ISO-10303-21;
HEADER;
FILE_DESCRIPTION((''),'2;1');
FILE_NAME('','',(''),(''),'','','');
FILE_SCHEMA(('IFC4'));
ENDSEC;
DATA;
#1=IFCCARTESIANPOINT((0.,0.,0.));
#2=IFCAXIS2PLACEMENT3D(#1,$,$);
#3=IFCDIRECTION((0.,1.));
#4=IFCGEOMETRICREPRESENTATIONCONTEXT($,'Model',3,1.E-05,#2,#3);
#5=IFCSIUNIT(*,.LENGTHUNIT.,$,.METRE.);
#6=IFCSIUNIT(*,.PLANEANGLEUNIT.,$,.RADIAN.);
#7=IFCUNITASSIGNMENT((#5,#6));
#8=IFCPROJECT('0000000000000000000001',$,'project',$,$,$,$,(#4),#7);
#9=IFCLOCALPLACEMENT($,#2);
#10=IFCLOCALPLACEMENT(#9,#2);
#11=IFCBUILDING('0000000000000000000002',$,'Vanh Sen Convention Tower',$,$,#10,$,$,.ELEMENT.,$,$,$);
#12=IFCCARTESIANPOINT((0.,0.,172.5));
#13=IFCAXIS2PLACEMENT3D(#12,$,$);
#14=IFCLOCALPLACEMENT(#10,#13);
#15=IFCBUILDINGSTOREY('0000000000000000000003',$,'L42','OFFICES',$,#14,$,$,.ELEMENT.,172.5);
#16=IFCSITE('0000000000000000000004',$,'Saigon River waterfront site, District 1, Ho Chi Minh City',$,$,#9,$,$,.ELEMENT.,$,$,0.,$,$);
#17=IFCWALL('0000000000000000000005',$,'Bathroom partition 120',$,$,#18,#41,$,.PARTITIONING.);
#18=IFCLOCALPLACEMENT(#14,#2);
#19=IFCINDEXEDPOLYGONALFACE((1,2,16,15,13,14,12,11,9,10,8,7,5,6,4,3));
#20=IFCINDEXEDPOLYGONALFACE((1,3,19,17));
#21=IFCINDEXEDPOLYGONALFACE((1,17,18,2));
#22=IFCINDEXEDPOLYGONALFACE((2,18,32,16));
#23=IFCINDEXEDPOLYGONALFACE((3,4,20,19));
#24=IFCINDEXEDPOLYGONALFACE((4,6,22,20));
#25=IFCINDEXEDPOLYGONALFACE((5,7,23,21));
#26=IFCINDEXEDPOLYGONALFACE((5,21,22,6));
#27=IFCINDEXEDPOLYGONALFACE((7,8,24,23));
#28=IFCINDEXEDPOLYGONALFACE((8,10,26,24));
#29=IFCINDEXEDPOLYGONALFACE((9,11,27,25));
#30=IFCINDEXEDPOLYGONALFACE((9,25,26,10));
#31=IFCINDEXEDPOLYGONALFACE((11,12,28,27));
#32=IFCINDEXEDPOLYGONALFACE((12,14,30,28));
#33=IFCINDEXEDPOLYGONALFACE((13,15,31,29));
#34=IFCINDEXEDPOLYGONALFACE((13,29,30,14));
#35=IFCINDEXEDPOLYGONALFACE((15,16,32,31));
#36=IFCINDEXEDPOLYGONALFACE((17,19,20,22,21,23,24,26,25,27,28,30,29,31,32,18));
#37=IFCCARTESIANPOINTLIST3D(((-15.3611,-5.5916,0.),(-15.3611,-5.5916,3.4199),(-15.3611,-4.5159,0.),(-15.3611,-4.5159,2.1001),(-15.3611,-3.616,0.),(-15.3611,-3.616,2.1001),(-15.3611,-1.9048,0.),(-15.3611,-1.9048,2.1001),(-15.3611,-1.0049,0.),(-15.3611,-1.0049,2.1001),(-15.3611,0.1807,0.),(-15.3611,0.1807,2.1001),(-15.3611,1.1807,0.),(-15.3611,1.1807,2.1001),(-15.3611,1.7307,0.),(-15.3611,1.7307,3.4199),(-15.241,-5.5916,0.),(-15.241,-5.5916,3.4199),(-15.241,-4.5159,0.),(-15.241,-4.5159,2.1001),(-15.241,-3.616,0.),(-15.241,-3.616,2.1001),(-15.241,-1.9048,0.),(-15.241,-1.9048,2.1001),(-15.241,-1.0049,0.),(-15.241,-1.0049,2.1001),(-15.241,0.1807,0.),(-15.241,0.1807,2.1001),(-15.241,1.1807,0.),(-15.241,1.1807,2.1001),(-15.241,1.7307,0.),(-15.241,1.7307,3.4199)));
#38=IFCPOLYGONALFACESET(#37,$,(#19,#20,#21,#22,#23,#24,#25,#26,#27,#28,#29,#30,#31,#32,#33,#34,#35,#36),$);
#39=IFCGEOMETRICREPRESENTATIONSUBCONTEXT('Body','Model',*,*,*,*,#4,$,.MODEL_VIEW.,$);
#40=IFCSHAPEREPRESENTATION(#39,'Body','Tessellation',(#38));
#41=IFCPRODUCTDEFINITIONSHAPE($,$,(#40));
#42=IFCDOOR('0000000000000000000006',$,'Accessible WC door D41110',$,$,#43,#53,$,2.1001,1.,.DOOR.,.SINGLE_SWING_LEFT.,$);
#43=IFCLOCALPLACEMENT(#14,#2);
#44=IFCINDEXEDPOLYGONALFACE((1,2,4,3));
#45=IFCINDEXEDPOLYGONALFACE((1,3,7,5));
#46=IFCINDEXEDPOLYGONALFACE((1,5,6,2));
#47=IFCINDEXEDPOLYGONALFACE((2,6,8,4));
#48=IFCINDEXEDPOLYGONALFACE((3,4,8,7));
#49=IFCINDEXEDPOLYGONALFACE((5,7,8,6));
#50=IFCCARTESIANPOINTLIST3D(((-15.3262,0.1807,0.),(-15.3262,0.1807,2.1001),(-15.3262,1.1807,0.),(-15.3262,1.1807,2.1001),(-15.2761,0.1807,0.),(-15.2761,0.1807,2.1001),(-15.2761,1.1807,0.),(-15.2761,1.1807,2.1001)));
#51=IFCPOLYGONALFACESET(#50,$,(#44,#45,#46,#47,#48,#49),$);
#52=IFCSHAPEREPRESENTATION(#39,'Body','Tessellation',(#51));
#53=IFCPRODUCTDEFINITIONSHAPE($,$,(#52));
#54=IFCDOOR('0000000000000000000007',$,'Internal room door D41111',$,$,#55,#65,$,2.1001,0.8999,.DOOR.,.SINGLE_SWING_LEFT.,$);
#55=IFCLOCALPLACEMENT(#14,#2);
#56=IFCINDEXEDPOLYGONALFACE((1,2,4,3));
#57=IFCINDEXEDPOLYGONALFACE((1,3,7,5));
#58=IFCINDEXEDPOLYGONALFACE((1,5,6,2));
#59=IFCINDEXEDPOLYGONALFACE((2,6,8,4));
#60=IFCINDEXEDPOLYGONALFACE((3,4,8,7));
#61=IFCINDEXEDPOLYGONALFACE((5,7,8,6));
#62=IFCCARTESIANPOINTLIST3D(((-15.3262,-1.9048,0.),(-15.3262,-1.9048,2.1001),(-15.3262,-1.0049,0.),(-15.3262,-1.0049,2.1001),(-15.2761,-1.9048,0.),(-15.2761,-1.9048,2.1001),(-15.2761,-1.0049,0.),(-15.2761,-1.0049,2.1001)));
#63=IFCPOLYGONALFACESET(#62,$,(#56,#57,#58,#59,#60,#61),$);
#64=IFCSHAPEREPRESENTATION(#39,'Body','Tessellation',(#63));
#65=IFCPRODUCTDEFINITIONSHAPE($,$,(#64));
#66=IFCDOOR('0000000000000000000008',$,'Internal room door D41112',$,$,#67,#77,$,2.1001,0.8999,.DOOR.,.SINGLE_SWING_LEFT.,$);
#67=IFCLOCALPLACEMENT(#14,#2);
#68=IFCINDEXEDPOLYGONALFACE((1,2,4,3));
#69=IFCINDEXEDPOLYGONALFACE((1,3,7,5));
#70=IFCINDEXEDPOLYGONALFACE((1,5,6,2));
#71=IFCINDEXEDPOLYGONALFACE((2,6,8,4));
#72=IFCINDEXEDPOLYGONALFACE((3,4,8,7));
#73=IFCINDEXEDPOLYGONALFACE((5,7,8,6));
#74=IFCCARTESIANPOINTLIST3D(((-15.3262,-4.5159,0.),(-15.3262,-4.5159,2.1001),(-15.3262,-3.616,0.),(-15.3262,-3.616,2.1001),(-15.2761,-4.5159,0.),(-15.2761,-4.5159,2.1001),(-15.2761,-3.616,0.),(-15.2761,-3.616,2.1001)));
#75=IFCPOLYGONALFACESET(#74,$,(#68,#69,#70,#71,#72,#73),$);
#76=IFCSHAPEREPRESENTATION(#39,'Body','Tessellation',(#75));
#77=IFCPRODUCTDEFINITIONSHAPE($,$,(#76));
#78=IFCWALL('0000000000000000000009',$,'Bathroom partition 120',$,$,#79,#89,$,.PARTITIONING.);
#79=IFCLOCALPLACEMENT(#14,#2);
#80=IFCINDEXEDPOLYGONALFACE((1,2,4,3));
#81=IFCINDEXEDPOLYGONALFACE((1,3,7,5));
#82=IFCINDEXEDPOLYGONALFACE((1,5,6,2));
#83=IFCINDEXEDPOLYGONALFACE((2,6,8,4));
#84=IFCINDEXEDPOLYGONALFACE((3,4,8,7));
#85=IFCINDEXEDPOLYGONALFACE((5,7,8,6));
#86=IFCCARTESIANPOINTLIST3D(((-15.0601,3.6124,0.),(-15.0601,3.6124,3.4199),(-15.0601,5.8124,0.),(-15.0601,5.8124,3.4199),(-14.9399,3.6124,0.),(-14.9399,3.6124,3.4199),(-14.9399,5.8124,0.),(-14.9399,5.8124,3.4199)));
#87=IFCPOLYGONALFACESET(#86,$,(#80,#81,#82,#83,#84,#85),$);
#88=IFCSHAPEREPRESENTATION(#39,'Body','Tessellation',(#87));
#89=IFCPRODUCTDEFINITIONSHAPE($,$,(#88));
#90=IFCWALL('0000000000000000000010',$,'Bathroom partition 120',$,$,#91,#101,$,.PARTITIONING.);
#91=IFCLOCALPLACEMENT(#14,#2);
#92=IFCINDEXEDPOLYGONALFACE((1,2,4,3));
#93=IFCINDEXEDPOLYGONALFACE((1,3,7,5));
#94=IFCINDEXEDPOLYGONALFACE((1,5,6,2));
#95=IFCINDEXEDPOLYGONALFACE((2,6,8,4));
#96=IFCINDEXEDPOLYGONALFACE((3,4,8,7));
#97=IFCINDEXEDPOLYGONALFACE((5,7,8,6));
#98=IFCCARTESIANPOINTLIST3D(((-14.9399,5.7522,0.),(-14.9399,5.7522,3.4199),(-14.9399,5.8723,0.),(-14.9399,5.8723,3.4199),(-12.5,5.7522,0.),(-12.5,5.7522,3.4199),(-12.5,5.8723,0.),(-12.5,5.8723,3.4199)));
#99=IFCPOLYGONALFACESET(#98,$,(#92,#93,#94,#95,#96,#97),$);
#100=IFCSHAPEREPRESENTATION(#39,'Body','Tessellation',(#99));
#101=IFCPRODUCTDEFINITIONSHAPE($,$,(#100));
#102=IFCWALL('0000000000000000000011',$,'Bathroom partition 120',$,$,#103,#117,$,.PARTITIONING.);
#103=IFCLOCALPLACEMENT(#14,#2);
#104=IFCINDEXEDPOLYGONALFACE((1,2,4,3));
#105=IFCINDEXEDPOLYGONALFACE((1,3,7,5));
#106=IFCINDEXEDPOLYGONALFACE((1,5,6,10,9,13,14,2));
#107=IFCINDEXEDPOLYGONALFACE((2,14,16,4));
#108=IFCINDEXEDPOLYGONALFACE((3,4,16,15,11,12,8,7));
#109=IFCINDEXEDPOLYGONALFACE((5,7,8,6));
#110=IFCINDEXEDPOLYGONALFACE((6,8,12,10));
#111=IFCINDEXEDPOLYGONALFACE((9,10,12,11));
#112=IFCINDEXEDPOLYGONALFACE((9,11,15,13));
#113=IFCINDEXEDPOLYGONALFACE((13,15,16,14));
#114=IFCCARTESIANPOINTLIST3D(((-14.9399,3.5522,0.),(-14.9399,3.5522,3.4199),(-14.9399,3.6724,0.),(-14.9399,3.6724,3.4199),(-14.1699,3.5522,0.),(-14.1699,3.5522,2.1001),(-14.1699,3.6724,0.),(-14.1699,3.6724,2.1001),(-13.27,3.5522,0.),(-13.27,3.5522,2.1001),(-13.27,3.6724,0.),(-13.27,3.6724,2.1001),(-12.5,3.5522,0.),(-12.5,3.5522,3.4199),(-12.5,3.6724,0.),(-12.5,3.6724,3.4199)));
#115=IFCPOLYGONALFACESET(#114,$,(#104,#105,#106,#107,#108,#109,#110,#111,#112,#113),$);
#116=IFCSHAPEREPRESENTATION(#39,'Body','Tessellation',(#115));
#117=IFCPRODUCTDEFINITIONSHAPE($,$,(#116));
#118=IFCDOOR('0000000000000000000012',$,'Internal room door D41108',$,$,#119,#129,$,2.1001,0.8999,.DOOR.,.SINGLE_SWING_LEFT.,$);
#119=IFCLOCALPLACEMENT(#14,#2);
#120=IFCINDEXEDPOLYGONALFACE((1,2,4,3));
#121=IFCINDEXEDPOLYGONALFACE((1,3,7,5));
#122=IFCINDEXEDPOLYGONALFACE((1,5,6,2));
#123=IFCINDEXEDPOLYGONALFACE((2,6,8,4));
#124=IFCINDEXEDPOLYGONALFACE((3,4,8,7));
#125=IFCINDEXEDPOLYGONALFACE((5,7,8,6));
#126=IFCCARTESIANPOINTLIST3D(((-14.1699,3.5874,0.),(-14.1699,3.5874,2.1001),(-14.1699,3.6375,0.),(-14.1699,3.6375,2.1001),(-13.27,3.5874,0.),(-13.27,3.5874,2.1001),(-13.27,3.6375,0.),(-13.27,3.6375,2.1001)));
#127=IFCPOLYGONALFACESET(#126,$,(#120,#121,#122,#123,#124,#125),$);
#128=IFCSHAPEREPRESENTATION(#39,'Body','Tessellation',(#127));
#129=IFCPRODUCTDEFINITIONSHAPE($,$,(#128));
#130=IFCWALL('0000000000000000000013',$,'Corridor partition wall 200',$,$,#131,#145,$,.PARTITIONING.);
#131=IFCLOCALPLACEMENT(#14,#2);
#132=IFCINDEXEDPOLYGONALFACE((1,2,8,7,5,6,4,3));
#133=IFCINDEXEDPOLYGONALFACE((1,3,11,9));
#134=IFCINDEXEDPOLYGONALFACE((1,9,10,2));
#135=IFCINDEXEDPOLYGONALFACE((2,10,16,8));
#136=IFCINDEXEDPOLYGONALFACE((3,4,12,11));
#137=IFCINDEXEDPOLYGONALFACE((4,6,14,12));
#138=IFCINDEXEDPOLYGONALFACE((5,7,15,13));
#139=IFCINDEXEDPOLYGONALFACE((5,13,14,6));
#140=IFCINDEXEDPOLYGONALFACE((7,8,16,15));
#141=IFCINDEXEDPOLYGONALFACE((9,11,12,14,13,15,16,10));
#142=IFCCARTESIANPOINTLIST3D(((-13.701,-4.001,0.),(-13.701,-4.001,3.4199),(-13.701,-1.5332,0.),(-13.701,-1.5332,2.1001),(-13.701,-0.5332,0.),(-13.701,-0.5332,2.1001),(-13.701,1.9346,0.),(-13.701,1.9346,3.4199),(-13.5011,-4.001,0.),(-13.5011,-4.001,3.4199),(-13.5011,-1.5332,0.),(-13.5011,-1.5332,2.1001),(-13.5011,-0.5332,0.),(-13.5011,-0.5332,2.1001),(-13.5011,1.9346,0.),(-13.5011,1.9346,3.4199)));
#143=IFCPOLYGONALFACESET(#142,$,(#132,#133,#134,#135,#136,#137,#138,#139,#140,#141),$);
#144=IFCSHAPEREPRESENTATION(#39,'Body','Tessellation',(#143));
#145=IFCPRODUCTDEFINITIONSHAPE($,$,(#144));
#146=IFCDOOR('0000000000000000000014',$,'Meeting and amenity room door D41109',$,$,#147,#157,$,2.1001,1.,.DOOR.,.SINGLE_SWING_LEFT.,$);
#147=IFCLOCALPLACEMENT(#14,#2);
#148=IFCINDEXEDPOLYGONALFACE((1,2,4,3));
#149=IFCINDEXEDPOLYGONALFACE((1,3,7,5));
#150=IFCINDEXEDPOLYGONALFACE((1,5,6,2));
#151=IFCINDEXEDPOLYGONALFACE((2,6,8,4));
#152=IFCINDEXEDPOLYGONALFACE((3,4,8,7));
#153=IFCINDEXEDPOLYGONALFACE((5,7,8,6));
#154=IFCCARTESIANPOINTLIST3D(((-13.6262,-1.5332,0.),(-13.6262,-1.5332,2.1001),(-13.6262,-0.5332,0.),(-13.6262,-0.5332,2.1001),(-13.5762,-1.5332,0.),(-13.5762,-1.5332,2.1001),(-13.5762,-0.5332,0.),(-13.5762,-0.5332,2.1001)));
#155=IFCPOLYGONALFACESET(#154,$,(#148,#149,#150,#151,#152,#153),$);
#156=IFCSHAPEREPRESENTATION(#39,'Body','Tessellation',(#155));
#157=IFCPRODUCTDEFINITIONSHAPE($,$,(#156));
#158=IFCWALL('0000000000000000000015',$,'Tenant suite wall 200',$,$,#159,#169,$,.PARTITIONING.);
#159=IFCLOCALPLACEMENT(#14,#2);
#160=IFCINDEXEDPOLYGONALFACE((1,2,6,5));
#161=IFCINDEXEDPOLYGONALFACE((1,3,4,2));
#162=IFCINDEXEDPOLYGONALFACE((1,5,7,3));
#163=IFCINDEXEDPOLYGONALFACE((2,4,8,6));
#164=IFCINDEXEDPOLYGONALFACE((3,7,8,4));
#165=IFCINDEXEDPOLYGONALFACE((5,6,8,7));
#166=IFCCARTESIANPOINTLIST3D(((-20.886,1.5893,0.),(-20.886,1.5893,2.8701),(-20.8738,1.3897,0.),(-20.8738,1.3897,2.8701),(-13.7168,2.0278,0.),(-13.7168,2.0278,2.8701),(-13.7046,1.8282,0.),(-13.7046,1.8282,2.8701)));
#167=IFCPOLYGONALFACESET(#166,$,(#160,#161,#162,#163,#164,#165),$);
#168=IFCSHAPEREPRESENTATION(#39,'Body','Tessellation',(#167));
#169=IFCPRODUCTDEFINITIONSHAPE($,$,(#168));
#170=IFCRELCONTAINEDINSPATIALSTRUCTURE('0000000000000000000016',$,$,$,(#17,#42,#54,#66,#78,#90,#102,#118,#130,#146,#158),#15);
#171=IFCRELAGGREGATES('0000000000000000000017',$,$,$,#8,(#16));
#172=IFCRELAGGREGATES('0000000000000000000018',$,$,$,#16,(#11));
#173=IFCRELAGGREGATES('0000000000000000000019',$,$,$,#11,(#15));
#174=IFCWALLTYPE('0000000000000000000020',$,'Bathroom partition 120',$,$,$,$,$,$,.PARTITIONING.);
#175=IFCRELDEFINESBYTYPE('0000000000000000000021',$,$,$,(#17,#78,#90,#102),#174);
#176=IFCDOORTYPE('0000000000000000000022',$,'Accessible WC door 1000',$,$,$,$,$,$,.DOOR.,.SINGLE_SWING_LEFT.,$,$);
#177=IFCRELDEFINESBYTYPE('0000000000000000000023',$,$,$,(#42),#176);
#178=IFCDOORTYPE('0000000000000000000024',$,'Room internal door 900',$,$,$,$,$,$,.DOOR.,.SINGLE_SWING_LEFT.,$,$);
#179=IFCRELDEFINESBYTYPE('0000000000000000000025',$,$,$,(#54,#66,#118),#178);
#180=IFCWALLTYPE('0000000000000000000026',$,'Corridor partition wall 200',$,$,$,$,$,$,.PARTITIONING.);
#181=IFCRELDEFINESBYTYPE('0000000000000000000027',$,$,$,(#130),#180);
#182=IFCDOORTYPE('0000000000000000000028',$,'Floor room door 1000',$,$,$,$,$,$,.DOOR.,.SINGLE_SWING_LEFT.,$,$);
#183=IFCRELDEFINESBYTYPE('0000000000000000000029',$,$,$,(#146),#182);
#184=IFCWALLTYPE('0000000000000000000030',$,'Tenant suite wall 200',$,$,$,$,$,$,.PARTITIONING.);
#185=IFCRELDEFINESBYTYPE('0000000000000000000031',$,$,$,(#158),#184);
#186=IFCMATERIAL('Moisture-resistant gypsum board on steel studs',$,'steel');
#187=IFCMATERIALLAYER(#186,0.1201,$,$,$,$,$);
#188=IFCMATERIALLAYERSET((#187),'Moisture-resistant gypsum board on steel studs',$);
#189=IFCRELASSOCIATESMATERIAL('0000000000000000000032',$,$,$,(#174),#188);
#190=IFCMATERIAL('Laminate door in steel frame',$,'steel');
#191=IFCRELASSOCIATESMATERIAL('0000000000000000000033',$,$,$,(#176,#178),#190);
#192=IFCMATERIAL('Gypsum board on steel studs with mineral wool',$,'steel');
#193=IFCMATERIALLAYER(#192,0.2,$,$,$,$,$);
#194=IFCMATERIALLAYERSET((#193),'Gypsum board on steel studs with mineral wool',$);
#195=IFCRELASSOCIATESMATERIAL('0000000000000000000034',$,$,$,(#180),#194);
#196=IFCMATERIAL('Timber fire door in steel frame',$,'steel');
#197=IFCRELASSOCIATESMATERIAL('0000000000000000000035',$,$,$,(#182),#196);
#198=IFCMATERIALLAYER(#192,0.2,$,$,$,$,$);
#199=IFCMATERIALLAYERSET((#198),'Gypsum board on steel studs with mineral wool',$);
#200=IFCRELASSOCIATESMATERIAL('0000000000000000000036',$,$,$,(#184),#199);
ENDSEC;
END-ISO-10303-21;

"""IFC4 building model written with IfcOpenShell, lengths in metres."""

from ifc_helpers import new_model, si_unit, direction, frame, frame_2d, origin, place, context, subcontext, project, spatial, rectangle, extrude, material, layer, layer_set, type_object, element, fill, save


model = new_model("IFC4")

# Units and contexts
model_context = context("Model", 3, precision=1e-05, world=origin(), true_north=direction((0.0, 1.0)))
body_context = subcontext(model_context, "Body", "Model", "MODEL_VIEW")
ifc_project = project(units=[si_unit("LENGTHUNIT", "METRE"), si_unit("PLANEANGLEUNIT", "RADIAN")], contexts=[model_context])

# Site, building, storey
site_placement = place(None, origin())
site = spatial("IfcSite", under=ifc_project, at=site_placement, Name="Saigon River waterfront site, District 1, Ho Chi Minh City", CompositionType="ELEMENT", RefElevation=0.0)
building_placement = place(site_placement, origin())
building = spatial("IfcBuilding", under=site, at=building_placement, Name="Vanh Sen Convention Tower", CompositionType="ELEMENT")
storey_placement = place(building_placement, frame((0.0, 0.0, 172.5)))
storey = spatial("IfcBuildingStorey", under=building, at=storey_placement, Name="L42", Description="OFFICES", CompositionType="ELEMENT", Elevation=172.5)

# Shared definitions
ifc_material_1 = material(Name="Moisture-resistant gypsum board on steel studs", Category="steel")
ifc_layer_1 = layer(ifc_material_1, 0.1201)
ifc_layer_set_1 = layer_set([ifc_layer_1], Name="Moisture-resistant gypsum board on steel studs")
wall_type_1 = type_object("IfcWallType", Name="Bathroom partition 120", PredefinedType="PARTITIONING", material=ifc_layer_set_1)

# Wall, openings, doors
wall_1_placement = place(storey_placement, frame((-15.301, 1.7307, 0.0), z_axis=(0.0, 0.0, 1.0), x_axis=(0.0, -1.0, 0.0)))
wall_1 = element("IfcWall", 1, at=wall_1_placement, inside=storey, type_object=wall_type_1, Name="Bathroom partition 120", PredefinedType="PARTITIONING", context=body_context, shape_type="SweptSolid", body=[
    extrude(rectangle(XDim=7.3223, YDim=0.1201, at=frame_2d((3.6611, 0.0))), origin(), (0.0, 0.0, 1.0), 3.4199),
])
opening_1_placement = place(wall_1_placement, frame((0.55, 0.0, 0.0)))
opening_1 = element("IfcOpeningElement", 2, at=opening_1_placement, cuts=wall_1, PredefinedType="OPENING", context=body_context, shape_type="SweptSolid", body=[
    extrude(rectangle(XDim=1.0, YDim=2.1001, at=frame_2d((0.5, 1.05))), frame((0.0, 0.0701, 0.0), z_axis=(0.0, -1.0, 0.0), x_axis=(1.0, 0.0, 0.0)), (0.0, 0.0, 1.0), 0.1401),
])
opening_2_placement = place(wall_1_placement, frame((2.7356, 0.0, 0.0)))
opening_2 = element("IfcOpeningElement", 3, at=opening_2_placement, cuts=wall_1, PredefinedType="OPENING", context=body_context, shape_type="SweptSolid", body=[
    extrude(rectangle(XDim=0.8999, YDim=2.1001, at=frame_2d((0.45, 1.05))), frame((0.0, 0.0701, 0.0), z_axis=(0.0, -1.0, 0.0), x_axis=(1.0, 0.0, 0.0)), (0.0, 0.0, 1.0), 0.1401),
])
opening_3_placement = place(wall_1_placement, frame((5.3467, 0.0, 0.0)))
opening_3 = element("IfcOpeningElement", 4, at=opening_3_placement, cuts=wall_1, PredefinedType="OPENING", context=body_context, shape_type="SweptSolid", body=[
    extrude(rectangle(XDim=0.8999, YDim=2.1001, at=frame_2d((0.45, 1.05))), frame((0.0, 0.0701, 0.0), z_axis=(0.0, -1.0, 0.0), x_axis=(1.0, 0.0, 0.0)), (0.0, 0.0, 1.0), 0.1401),
])
ifc_material_2 = material(Name="Laminate door in steel frame", Category="steel")
door_type_1 = type_object("IfcDoorType", Name="Accessible WC door 1000", OperationType="SINGLE_SWING_LEFT", PredefinedType="DOOR", material=ifc_material_2)
door_1_placement = place(opening_1_placement, origin())
door_1 = element("IfcDoor", 5, at=door_1_placement, inside=storey, type_object=door_type_1, Name="Accessible WC door D41110", OperationType="SINGLE_SWING_LEFT", OverallHeight=2.1001, OverallWidth=1.0, PredefinedType="DOOR", context=body_context, shape_type="SweptSolid", body=[
    extrude(rectangle(XDim=1.0, YDim=2.1001, at=frame_2d((0.5, 1.05))), frame((0.0, 0.0249, 0.0), z_axis=(0.0, -1.0, 0.0), x_axis=(1.0, 0.0, 0.0)), (0.0, 0.0, 1.0), 0.05),
])
fill(opening_1, door_1)
door_type_2 = type_object("IfcDoorType", Name="Room internal door 900", OperationType="SINGLE_SWING_LEFT", PredefinedType="DOOR", material=ifc_material_2)
door_2_placement = place(opening_2_placement, origin())
door_2 = element("IfcDoor", 6, at=door_2_placement, inside=storey, type_object=door_type_2, Name="Internal room door D41111", OperationType="SINGLE_SWING_LEFT", OverallHeight=2.1001, OverallWidth=0.8999, PredefinedType="DOOR", context=body_context, shape_type="SweptSolid", body=[
    extrude(rectangle(XDim=0.8999, YDim=2.1001, at=frame_2d((0.45, 1.05))), frame((0.0, 0.0249, 0.0), z_axis=(0.0, -1.0, 0.0), x_axis=(1.0, 0.0, 0.0)), (0.0, 0.0, 1.0), 0.05),
])
fill(opening_2, door_2)
door_3_placement = place(opening_3_placement, origin())
door_3 = element("IfcDoor", 7, at=door_3_placement, inside=storey, type_object=door_type_2, Name="Internal room door D41112", OperationType="SINGLE_SWING_LEFT", OverallHeight=2.1001, OverallWidth=0.8999, PredefinedType="DOOR", context=body_context, shape_type="SweptSolid", body=[
    extrude(rectangle(XDim=0.8999, YDim=2.1001, at=frame_2d((0.45, 1.05))), frame((0.0, 0.0249, 0.0), z_axis=(0.0, -1.0, 0.0), x_axis=(1.0, 0.0, 0.0)), (0.0, 0.0, 1.0), 0.05),
])
fill(opening_3, door_3)

# Walls
wall_2_placement = place(storey_placement, frame((-15.0, 3.6123, 0.0), z_axis=(0.0, 0.0, 1.0), x_axis=(0.0, 1.0, 0.0)))
element("IfcWall", 8, at=wall_2_placement, inside=storey, type_object=wall_type_1, Name="Bathroom partition 120", PredefinedType="PARTITIONING", context=body_context, shape_type="SweptSolid", body=[
    extrude(rectangle(XDim=2.2, YDim=0.1201, at=frame_2d((1.1001, 0.0))), origin(), (0.0, 0.0, 1.0), 3.4199),
])
wall_3_placement = place(storey_placement, frame((-14.9399, 5.8123, 0.0), z_axis=(0.0, 0.0, 1.0), x_axis=(1.0, 0.0, 0.0)))
element("IfcWall", 9, at=wall_3_placement, inside=storey, type_object=wall_type_1, Name="Bathroom partition 120", PredefinedType="PARTITIONING", context=body_context, shape_type="SweptSolid", body=[
    extrude(rectangle(XDim=2.4399, YDim=0.1201, at=frame_2d((1.22, 0.0))), origin(), (0.0, 0.0, 1.0), 3.4199),
])

# Walls, openings, doors
wall_4_placement = place(storey_placement, frame((-12.5, 3.6123, 0.0), z_axis=(0.0, 0.0, 1.0), x_axis=(-1.0, 0.0, 0.0)))
wall_4 = element("IfcWall", 10, at=wall_4_placement, inside=storey, type_object=wall_type_1, Name="Bathroom partition 120", PredefinedType="PARTITIONING", context=body_context, shape_type="SweptSolid", body=[
    extrude(rectangle(XDim=2.4399, YDim=0.1201, at=frame_2d((1.22, 0.0))), origin(), (0.0, 0.0, 1.0), 3.4199),
])
opening_4_placement = place(wall_4_placement, frame((0.77, 0.0, 0.0)))
opening_4 = element("IfcOpeningElement", 11, at=opening_4_placement, cuts=wall_4, PredefinedType="OPENING", context=body_context, shape_type="SweptSolid", body=[
    extrude(rectangle(XDim=0.8999, YDim=2.1001, at=frame_2d((0.45, 1.05))), frame((0.0, 0.0701, 0.0), z_axis=(0.0, -1.0, 0.0), x_axis=(1.0, 0.0, 0.0)), (0.0, 0.0, 1.0), 0.1401),
])
door_4_placement = place(opening_4_placement, origin())
door_4 = element("IfcDoor", 12, at=door_4_placement, inside=storey, type_object=door_type_2, Name="Internal room door D41108", OperationType="SINGLE_SWING_LEFT", OverallHeight=2.1001, OverallWidth=0.8999, PredefinedType="DOOR", context=body_context, shape_type="SweptSolid", body=[
    extrude(rectangle(XDim=0.8999, YDim=2.1001, at=frame_2d((0.45, 1.05))), frame((0.0, 0.0249, 0.0), z_axis=(0.0, -1.0, 0.0), x_axis=(1.0, 0.0, 0.0)), (0.0, 0.0, 1.0), 0.05),
])
fill(opening_4, door_4)
ifc_material_3 = material(Name="Gypsum board on steel studs with mineral wool", Category="steel")
ifc_layer_2 = layer(ifc_material_3, 0.2)
ifc_layer_set_2 = layer_set([ifc_layer_2], Name="Gypsum board on steel studs with mineral wool")
wall_type_2 = type_object("IfcWallType", Name="Corridor partition wall 200", PredefinedType="PARTITIONING", material=ifc_layer_set_2)
wall_5_placement = place(storey_placement, frame((-13.6011, 1.9346, 0.0), z_axis=(0.0, 0.0, 1.0), x_axis=(0.0, -1.0, 0.0)))
wall_5 = element("IfcWall", 13, at=wall_5_placement, inside=storey, type_object=wall_type_2, Name="Corridor partition wall 200", PredefinedType="PARTITIONING", context=body_context, shape_type="SweptSolid", body=[
    extrude(rectangle(XDim=5.9355, YDim=0.2, at=frame_2d((2.9678, 0.0))), origin(), (0.0, 0.0, 1.0), 3.4199),
])
opening_5_placement = place(wall_5_placement, frame((2.4678, 0.0, 0.0)))
opening_5 = element("IfcOpeningElement", 14, at=opening_5_placement, cuts=wall_5, PredefinedType="OPENING", context=body_context, shape_type="SweptSolid", body=[
    extrude(rectangle(XDim=1.0, YDim=2.1001, at=frame_2d((0.5, 1.05))), frame((0.0, 0.1099, 0.0), z_axis=(0.0, -1.0, 0.0), x_axis=(1.0, 0.0, 0.0)), (0.0, 0.0, 1.0), 0.22),
])
ifc_material_4 = material(Name="Timber fire door in steel frame", Category="steel")
door_type_3 = type_object("IfcDoorType", Name="Floor room door 1000", OperationType="SINGLE_SWING_LEFT", PredefinedType="DOOR", material=ifc_material_4)
door_5_placement = place(opening_5_placement, origin())
door_5 = element("IfcDoor", 15, at=door_5_placement, inside=storey, type_object=door_type_3, Name="Meeting and amenity room door D41109", OperationType="SINGLE_SWING_LEFT", OverallHeight=2.1001, OverallWidth=1.0, PredefinedType="DOOR", context=body_context, shape_type="SweptSolid", body=[
    extrude(rectangle(XDim=1.0, YDim=2.1001, at=frame_2d((0.5, 1.05))), frame((0.0, 0.0249, 0.0), z_axis=(0.0, -1.0, 0.0), x_axis=(1.0, 0.0, 0.0)), (0.0, 0.0, 1.0), 0.05),
])
fill(opening_5, door_5)

# Wall
ifc_layer_3 = layer(ifc_material_3, 0.2)
ifc_layer_set_3 = layer_set([ifc_layer_3], Name="Gypsum board on steel studs with mineral wool")
wall_type_3 = type_object("IfcWallType", Name="Tenant suite wall 200", PredefinedType="PARTITIONING", material=ifc_layer_set_3)
wall_6_placement = place(storey_placement, frame((-20.8799, 1.4895, 0.0), z_axis=(0.0, 0.0, 1.0), x_axis=(0.998135, 0.061047, 0.0)))
element("IfcWall", 16, at=wall_6_placement, inside=storey, type_object=wall_type_3, Name="Tenant suite wall 200", PredefinedType="PARTITIONING", context=body_context, shape_type="SweptSolid", body=[
    extrude(rectangle(XDim=7.1826, YDim=0.2, at=frame_2d((3.5913, 0.0))), origin(), (0.0, 0.0, 1.0), 2.8701),
])

save(model, "model.ifc")
